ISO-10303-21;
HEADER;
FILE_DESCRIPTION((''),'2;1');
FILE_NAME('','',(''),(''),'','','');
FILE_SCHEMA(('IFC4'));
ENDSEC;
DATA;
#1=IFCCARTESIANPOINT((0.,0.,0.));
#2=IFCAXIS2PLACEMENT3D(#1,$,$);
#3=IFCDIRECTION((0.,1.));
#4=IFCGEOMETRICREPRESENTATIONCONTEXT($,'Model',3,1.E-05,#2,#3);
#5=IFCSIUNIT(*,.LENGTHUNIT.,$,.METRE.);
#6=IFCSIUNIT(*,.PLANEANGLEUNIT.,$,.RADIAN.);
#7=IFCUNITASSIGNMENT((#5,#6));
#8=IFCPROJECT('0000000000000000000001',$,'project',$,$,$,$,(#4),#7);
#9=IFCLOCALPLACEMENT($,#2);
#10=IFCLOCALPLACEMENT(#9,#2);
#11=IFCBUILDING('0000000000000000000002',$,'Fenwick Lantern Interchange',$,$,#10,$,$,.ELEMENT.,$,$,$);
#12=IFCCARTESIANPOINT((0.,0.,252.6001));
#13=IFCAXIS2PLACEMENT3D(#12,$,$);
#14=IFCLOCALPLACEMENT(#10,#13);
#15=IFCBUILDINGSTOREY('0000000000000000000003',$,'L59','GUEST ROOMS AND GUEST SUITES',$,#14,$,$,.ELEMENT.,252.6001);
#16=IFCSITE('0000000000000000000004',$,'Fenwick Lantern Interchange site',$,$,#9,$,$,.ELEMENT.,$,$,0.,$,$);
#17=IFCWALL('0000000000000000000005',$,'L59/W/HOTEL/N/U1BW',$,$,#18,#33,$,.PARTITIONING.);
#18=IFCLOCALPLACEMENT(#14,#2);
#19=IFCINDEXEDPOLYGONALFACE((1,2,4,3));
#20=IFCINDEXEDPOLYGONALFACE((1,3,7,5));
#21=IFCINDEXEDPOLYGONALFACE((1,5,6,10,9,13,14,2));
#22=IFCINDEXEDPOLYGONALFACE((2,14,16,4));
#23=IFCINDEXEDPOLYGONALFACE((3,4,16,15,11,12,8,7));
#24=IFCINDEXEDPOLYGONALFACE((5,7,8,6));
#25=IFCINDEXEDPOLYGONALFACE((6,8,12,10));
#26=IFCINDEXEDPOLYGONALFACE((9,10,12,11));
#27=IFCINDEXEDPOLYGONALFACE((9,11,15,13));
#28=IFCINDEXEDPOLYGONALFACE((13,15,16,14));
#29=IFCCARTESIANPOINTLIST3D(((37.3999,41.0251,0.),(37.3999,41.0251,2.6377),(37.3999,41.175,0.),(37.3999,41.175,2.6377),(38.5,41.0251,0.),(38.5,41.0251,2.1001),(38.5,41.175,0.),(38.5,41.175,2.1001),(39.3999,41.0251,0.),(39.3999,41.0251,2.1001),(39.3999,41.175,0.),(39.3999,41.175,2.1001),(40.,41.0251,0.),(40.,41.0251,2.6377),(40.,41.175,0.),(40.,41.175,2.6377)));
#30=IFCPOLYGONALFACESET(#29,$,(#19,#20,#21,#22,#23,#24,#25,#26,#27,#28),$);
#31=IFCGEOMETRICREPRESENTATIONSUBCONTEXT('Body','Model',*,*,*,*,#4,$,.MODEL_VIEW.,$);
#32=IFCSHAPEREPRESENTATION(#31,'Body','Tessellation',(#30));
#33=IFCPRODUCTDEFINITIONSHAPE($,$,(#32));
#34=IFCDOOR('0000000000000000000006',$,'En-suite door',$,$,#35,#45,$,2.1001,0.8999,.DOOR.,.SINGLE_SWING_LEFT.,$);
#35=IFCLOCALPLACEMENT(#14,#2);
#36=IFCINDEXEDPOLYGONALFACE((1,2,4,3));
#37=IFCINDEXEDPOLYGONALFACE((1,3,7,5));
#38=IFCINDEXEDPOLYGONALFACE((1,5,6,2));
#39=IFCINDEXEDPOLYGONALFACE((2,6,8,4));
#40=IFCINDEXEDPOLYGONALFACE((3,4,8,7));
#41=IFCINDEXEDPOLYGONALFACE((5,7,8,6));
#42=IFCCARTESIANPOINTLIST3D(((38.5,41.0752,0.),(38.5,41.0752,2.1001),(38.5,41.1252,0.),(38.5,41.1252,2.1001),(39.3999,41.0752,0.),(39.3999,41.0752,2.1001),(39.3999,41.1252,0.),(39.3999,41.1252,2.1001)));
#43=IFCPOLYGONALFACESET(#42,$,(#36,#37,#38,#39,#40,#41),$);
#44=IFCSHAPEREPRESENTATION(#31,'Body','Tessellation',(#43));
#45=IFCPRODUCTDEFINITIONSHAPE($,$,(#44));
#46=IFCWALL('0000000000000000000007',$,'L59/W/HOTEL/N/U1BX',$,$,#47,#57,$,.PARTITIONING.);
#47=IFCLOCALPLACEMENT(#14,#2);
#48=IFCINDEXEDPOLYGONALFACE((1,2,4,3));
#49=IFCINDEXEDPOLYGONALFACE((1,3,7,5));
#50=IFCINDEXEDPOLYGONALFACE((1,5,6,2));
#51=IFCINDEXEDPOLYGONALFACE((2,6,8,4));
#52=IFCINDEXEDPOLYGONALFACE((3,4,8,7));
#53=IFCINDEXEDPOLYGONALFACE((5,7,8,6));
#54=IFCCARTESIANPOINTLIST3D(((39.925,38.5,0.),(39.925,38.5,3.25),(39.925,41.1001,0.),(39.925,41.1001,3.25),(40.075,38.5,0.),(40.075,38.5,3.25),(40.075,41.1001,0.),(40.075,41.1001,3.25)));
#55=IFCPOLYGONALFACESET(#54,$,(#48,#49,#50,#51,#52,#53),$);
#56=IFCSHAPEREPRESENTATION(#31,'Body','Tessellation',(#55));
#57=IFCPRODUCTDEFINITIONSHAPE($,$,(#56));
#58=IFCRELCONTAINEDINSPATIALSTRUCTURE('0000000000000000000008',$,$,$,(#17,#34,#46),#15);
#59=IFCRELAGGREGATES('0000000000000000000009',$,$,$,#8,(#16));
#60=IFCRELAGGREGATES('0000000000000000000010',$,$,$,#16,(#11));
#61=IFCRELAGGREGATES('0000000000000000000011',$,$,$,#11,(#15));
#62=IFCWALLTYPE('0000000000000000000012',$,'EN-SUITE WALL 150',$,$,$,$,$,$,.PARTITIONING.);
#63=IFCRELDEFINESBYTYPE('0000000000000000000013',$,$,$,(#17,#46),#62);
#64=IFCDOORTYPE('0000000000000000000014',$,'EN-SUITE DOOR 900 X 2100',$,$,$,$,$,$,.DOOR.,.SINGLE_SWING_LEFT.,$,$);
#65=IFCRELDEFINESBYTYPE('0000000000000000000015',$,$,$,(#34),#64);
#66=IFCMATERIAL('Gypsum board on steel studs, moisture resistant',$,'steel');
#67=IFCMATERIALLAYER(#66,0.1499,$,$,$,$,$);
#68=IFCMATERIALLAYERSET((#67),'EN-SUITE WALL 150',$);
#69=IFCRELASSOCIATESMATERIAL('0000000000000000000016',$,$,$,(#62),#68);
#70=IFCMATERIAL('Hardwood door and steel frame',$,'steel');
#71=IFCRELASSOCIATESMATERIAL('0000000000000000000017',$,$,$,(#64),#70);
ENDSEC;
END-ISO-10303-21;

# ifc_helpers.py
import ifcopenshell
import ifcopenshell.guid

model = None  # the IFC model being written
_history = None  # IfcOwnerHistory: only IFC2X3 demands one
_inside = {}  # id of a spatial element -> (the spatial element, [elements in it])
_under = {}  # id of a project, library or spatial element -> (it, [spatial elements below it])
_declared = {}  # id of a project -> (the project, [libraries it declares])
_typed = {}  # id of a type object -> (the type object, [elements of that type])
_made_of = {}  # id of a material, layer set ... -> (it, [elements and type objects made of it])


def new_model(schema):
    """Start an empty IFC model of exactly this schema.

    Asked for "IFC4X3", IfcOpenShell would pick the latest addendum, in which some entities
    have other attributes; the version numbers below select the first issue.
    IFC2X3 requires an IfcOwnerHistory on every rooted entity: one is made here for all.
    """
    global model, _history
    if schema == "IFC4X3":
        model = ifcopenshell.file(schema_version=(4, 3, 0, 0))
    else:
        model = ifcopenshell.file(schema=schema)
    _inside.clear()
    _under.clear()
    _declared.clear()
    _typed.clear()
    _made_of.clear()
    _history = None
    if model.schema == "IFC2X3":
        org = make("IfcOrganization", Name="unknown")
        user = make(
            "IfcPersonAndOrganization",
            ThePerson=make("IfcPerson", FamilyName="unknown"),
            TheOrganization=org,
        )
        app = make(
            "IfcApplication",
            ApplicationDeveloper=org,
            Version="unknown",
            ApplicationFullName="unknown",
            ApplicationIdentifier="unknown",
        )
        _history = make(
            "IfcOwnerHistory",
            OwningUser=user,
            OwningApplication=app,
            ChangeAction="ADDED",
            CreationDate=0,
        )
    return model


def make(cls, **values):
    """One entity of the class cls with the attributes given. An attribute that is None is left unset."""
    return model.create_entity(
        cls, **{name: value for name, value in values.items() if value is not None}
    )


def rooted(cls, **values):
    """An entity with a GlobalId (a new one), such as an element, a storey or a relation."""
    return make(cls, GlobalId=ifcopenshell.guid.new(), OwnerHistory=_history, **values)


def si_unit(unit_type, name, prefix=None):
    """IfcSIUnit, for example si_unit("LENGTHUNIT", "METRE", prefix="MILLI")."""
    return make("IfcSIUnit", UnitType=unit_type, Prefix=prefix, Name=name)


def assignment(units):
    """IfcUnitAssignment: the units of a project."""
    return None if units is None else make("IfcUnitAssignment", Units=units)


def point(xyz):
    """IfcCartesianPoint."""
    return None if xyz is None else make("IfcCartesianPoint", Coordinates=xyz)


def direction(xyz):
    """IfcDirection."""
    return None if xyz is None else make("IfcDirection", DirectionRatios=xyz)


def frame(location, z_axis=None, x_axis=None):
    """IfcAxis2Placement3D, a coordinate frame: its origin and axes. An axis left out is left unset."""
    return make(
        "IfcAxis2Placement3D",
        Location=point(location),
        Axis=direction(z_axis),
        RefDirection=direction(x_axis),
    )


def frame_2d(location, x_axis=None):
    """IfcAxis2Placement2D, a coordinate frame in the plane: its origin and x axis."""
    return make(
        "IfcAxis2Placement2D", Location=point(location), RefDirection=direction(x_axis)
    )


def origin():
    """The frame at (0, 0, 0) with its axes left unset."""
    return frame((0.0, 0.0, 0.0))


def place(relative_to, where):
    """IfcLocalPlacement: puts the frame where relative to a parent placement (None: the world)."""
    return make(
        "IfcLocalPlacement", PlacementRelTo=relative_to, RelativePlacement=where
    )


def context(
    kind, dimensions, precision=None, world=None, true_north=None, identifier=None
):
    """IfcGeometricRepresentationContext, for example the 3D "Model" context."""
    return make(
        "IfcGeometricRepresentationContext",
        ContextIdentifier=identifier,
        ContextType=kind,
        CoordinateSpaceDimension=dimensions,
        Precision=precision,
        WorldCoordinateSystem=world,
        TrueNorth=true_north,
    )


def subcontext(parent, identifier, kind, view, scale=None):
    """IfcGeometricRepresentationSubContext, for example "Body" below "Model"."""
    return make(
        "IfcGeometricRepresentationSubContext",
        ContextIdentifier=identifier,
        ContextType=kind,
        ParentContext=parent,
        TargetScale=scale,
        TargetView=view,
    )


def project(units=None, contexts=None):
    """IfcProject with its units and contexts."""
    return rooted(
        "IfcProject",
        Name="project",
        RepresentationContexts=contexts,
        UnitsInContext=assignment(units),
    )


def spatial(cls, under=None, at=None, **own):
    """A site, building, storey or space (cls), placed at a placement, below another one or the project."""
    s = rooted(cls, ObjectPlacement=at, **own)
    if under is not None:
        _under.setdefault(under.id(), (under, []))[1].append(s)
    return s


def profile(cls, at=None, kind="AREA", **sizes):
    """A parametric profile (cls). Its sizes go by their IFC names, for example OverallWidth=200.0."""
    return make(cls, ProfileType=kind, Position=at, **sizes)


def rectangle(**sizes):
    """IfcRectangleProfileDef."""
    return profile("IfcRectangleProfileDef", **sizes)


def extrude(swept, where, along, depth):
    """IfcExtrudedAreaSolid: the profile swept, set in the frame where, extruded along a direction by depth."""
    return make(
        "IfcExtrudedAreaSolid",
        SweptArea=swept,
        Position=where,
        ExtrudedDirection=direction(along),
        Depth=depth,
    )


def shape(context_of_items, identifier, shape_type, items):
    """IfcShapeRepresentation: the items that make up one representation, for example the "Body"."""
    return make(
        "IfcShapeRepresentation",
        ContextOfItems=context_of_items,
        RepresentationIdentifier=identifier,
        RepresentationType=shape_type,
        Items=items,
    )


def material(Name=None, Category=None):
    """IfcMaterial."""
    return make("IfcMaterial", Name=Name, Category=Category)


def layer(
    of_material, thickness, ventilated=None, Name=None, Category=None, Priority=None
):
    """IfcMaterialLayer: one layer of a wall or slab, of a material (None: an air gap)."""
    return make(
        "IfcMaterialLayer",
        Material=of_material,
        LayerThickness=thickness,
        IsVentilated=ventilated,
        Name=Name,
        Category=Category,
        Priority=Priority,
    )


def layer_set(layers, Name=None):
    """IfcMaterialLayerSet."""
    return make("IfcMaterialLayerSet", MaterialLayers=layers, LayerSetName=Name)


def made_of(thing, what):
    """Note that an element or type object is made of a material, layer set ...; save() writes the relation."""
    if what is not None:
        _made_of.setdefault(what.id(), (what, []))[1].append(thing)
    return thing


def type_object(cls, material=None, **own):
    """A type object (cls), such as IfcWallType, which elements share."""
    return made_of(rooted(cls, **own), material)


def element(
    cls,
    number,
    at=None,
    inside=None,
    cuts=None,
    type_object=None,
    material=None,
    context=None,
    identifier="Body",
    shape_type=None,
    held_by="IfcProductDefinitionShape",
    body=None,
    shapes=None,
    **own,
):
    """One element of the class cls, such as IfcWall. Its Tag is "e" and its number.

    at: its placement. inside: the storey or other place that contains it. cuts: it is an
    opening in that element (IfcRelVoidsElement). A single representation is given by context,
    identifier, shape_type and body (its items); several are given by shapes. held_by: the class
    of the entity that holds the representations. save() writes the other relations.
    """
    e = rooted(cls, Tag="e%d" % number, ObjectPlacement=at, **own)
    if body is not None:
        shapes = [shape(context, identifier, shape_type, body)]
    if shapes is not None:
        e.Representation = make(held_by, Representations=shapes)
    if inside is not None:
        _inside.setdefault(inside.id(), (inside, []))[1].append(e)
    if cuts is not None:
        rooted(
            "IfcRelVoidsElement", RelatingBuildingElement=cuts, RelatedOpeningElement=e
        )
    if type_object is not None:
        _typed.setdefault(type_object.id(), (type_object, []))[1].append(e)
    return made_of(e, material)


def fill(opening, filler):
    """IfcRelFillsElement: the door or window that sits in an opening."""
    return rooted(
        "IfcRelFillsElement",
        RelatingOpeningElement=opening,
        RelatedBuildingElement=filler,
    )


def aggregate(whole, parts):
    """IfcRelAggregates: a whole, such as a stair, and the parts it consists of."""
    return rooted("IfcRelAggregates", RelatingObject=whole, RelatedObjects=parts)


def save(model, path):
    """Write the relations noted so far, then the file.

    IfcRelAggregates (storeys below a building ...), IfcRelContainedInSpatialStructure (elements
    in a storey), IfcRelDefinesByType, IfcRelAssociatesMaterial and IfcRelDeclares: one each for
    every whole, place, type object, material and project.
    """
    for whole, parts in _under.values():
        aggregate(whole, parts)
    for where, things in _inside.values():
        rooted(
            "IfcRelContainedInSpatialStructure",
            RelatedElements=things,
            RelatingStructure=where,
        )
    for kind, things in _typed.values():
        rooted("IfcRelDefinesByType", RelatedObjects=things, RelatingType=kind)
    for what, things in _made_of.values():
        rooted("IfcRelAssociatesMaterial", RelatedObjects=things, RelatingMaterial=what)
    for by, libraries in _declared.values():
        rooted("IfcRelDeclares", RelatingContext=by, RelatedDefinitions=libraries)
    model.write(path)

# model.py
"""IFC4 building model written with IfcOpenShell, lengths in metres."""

from ifc_helpers import new_model, si_unit, direction, frame, frame_2d, origin, place, context, subcontext, project, spatial, rectangle, extrude, material, layer, layer_set, type_object, element, fill, save


model = new_model("IFC4")

# Units and contexts
model_context = context("Model", 3, precision=1e-05, world=origin(), true_north=direction((0.0, 1.0)))
body_context = subcontext(model_context, "Body", "Model", "MODEL_VIEW")
ifc_project = project(units=[si_unit("LENGTHUNIT", "METRE"), si_unit("PLANEANGLEUNIT", "RADIAN")], contexts=[model_context])

# Site, building, storey
site_placement = place(None, origin())
site = spatial("IfcSite", under=ifc_project, at=site_placement, Name="Fenwick Lantern Interchange site", CompositionType="ELEMENT", RefElevation=0.0)
building_placement = place(site_placement, origin())
building = spatial("IfcBuilding", under=site, at=building_placement, Name="Fenwick Lantern Interchange", CompositionType="ELEMENT")
storey_placement = place(building_placement, frame((0.0, 0.0, 252.6001)))
storey = spatial("IfcBuildingStorey", under=building, at=storey_placement, Name="L59", Description="GUEST ROOMS AND GUEST SUITES", CompositionType="ELEMENT", Elevation=252.6001)

# Wall, opening, door
ifc_material_1 = material(Name="Gypsum board on steel studs, moisture resistant", Category="steel")
ifc_layer_1 = layer(ifc_material_1, 0.1499)
ifc_layer_set_1 = layer_set([ifc_layer_1], Name="EN-SUITE WALL 150")
wall_type_1 = type_object("IfcWallType", Name="EN-SUITE WALL 150", PredefinedType="PARTITIONING", material=ifc_layer_set_1)
wall_1_placement = place(storey_placement, frame((40.0, 41.1001, 0.0), z_axis=(0.0, 0.0, 1.0), x_axis=(-1.0, 0.0, 0.0)))
wall_1 = element("IfcWall", 1, at=wall_1_placement, inside=storey, type_object=wall_type_1, Name="L59/W/HOTEL/N/U1BW", PredefinedType="PARTITIONING", context=body_context, shape_type="SweptSolid", body=[
    extrude(rectangle(XDim=2.6001, YDim=0.1499, at=frame_2d((1.3, 0.0))), origin(), (0.0, 0.0, 1.0), 2.6377),
])
opening_placement = place(wall_1_placement, frame((0.6001, 0.0, 0.0)))
opening = element("IfcOpeningElement", 2, at=opening_placement, cuts=wall_1, PredefinedType="OPENING", context=body_context, shape_type="SweptSolid", body=[
    extrude(rectangle(XDim=0.8999, YDim=2.1001, at=frame_2d((0.45, 1.05))), frame((0.0, 0.085, 0.0), z_axis=(0.0, -1.0, 0.0), x_axis=(1.0, 0.0, 0.0)), (0.0, 0.0, 1.0), 0.1699),
])
ifc_material_2 = material(Name="Hardwood door and steel frame", Category="steel")
door_type = type_object("IfcDoorType", Name="EN-SUITE DOOR 900 X 2100", OperationType="SINGLE_SWING_LEFT", PredefinedType="DOOR", material=ifc_material_2)
door_placement = place(opening_placement, origin())
door = element("IfcDoor", 3, at=door_placement, inside=storey, type_object=door_type, Name="En-suite door", OperationType="SINGLE_SWING_LEFT", OverallHeight=2.1001, OverallWidth=0.8999, PredefinedType="DOOR", context=body_context, shape_type="SweptSolid", body=[
    extrude(rectangle(XDim=0.8999, YDim=2.1001, at=frame_2d((0.45, 1.05))), frame((0.0, 0.0249, 0.0), z_axis=(0.0, -1.0, 0.0), x_axis=(1.0, 0.0, 0.0)), (0.0, 0.0, 1.0), 0.05),
])
fill(opening, door)

# Wall
wall_2_placement = place(storey_placement, frame((40.0, 41.1001, 0.0), z_axis=(0.0, 0.0, 1.0), x_axis=(0.0, -1.0, 0.0)))
element("IfcWall", 4, at=wall_2_placement, inside=storey, type_object=wall_type_1, Name="L59/W/HOTEL/N/U1BX", PredefinedType="PARTITIONING", context=body_context, shape_type="SweptSolid", body=[
    extrude(rectangle(XDim=2.6001, YDim=0.1499, at=frame_2d((1.3, 0.0))), origin(), (0.0, 0.0, 1.0), 3.25),
])

save(model, "model.ifc")
